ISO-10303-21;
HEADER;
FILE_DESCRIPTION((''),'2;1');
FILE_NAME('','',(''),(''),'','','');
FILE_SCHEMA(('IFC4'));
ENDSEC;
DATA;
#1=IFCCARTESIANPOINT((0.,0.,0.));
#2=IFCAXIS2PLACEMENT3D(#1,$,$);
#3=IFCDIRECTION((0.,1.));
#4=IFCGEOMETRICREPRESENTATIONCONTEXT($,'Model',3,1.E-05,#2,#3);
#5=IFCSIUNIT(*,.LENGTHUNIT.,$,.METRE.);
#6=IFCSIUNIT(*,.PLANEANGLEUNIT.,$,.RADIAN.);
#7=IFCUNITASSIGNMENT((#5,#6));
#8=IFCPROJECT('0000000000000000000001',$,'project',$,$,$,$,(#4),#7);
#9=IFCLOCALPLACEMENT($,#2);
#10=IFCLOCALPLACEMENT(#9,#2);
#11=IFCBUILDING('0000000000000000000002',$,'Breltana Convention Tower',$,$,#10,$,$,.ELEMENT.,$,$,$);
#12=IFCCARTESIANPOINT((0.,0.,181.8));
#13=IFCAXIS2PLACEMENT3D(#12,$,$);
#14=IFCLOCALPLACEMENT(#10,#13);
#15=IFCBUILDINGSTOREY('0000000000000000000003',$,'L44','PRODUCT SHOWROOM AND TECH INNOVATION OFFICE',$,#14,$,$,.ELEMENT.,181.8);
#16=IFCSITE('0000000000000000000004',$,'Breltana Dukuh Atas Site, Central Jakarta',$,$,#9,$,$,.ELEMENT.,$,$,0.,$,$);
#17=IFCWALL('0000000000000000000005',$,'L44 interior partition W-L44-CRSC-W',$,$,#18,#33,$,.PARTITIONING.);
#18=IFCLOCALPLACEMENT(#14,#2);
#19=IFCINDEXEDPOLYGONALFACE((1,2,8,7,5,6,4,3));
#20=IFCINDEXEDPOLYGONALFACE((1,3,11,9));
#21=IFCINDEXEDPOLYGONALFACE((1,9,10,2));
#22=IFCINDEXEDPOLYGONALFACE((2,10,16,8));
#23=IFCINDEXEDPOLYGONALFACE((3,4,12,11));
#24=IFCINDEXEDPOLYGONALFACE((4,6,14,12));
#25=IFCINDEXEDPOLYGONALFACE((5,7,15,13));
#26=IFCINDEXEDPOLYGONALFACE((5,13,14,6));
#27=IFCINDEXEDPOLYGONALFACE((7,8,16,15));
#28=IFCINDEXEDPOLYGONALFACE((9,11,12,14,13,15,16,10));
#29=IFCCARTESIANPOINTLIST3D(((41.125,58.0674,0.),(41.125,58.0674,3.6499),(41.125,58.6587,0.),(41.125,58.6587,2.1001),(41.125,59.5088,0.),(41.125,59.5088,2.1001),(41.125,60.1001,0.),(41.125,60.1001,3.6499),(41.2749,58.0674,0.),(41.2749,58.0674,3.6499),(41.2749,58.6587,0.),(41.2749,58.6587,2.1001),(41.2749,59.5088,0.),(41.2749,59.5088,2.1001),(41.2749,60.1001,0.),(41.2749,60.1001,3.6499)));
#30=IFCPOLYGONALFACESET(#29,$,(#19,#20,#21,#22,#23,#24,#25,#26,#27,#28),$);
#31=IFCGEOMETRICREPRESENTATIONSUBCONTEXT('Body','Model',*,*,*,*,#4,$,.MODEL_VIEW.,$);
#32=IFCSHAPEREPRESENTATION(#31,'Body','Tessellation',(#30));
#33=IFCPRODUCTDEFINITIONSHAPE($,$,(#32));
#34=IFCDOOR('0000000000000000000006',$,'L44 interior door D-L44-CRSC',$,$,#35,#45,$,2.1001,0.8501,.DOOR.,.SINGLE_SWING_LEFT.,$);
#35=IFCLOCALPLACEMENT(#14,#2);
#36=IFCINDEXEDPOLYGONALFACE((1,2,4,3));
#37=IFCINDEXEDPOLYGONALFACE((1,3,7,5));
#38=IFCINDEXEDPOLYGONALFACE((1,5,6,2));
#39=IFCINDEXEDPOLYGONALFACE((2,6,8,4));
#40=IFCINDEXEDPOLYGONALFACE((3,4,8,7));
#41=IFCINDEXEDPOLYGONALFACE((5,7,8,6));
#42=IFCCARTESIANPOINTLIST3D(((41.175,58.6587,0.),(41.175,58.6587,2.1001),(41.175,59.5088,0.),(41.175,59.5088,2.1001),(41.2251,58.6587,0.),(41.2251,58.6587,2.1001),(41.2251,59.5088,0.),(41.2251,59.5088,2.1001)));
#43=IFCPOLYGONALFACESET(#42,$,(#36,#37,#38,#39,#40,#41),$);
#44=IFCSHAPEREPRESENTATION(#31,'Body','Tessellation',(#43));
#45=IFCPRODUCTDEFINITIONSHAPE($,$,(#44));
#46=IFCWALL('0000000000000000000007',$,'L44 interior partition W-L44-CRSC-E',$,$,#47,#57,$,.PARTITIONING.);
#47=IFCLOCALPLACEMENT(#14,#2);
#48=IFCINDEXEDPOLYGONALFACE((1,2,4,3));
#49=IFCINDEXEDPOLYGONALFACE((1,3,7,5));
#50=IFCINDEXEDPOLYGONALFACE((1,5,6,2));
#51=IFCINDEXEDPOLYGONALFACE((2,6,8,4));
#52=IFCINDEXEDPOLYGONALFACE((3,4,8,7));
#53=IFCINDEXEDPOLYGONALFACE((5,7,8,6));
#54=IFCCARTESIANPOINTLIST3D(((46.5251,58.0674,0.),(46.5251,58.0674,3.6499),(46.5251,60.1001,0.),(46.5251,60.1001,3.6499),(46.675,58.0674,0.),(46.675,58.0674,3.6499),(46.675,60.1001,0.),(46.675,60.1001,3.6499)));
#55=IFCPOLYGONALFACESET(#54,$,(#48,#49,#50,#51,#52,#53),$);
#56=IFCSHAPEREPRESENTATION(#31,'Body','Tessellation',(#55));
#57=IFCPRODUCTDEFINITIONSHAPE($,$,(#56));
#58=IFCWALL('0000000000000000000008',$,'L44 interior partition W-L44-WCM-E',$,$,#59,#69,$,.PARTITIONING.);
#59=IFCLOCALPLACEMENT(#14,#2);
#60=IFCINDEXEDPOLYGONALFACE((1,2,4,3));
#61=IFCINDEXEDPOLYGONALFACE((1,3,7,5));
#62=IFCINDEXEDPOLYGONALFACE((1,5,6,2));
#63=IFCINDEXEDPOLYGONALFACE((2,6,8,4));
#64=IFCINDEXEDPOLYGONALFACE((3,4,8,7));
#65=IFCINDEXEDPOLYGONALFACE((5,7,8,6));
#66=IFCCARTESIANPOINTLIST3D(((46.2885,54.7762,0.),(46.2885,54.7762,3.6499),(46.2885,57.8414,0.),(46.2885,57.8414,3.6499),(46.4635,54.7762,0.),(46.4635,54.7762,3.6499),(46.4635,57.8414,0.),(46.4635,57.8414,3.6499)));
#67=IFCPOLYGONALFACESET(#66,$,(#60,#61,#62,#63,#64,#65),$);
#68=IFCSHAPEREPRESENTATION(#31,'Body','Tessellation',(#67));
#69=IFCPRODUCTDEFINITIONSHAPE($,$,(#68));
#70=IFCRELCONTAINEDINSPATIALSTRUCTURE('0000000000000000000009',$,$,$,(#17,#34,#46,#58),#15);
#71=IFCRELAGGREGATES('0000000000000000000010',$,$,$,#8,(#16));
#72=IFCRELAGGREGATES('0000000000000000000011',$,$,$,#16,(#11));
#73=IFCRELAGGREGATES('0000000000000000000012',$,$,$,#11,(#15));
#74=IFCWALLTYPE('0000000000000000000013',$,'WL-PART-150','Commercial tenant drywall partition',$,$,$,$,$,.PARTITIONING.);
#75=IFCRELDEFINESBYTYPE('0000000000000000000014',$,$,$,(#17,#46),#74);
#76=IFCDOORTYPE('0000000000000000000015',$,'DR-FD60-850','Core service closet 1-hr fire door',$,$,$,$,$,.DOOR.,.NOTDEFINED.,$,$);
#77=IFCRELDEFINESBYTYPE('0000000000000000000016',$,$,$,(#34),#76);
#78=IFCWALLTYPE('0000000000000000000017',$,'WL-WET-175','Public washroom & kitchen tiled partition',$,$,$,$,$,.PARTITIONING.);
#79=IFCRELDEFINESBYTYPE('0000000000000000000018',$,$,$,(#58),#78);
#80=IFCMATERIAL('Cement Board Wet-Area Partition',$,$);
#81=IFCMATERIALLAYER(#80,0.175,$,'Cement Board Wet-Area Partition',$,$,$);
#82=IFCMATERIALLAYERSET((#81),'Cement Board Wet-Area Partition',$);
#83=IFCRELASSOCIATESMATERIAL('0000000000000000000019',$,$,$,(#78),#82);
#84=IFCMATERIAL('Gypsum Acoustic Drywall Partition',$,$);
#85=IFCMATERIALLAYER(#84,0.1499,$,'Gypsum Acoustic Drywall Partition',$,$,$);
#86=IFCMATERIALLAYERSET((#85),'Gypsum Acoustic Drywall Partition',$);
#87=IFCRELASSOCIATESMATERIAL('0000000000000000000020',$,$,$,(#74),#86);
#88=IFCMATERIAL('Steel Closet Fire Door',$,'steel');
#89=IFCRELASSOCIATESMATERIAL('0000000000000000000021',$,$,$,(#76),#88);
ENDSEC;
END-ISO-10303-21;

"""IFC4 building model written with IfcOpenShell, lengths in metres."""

from ifc_helpers import new_model, si_unit, direction, frame, frame_2d, origin, place, context, subcontext, project, spatial, rectangle, extrude, source, transform, mapped, material, layer, layer_set, type_object, type_shapes, element, fill, save


model = new_model("IFC4")

# Units and contexts
model_context = context("Model", 3, precision=1e-05, world=origin(), true_north=direction((0.0, 1.0)))
body_context = subcontext(model_context, "Body", "Model", "MODEL_VIEW")
ifc_project = project(units=[si_unit("LENGTHUNIT", "METRE"), si_unit("PLANEANGLEUNIT", "RADIAN")], contexts=[model_context])

# Site, building, storey
site_placement = place(None, origin())
site = spatial("IfcSite", under=ifc_project, at=site_placement, Name="Breltana Dukuh Atas Site, Central Jakarta", CompositionType="ELEMENT", RefElevation=0.0)
building_placement = place(site_placement, origin())
building = spatial("IfcBuilding", under=site, at=building_placement, Name="Breltana Convention Tower", CompositionType="ELEMENT")
storey_placement = place(building_placement, frame((0.0, 0.0, 181.8)))
storey = spatial("IfcBuildingStorey", under=building, at=storey_placement, Name="L44", Description="PRODUCT SHOWROOM AND TECH INNOVATION OFFICE", CompositionType="ELEMENT", Elevation=181.8)

# Shared definitions
ifc_material_1 = material(Name="Cement Board Wet-Area Partition")
ifc_layer_1 = layer(ifc_material_1, 0.175, Name="Cement Board Wet-Area Partition")
ifc_layer_set_1 = layer_set([ifc_layer_1], Name="Cement Board Wet-Area Partition")
wall_type_1 = type_object("IfcWallType", Name="WL-WET-175", Description="Public washroom & kitchen tiled partition", PredefinedType="PARTITIONING", material=ifc_layer_set_1)

# Wall, opening, door
ifc_material_2 = material(Name="Gypsum Acoustic Drywall Partition")
ifc_layer_2 = layer(ifc_material_2, 0.1499, Name="Gypsum Acoustic Drywall Partition")
ifc_layer_set_2 = layer_set([ifc_layer_2], Name="Gypsum Acoustic Drywall Partition")
wall_type_2 = type_object("IfcWallType", Name="WL-PART-150", Description="Commercial tenant drywall partition", PredefinedType="PARTITIONING", material=ifc_layer_set_2)
shared_shape_1 = source(origin(), body_context, "Body", "SweptSolid", [
    extrude(rectangle(XDim=2.0327, YDim=0.1499, at=frame_2d((1.0164, 0.0))), origin(), (0.0, 0.0, 1.0), 3.6499),
])
wall_1_placement = place(storey_placement, frame((41.2, 58.0674, 0.0), z_axis=(0.0, 0.0, 1.0), x_axis=(0.0, 1.0, 0.0)))
wall_1 = element("IfcWall", 1, at=wall_1_placement, inside=storey, type_object=wall_type_2, Name="L44 interior partition W-L44-CRSC-W", PredefinedType="PARTITIONING", context=body_context, shape_type="MappedRepresentation", body=[
    mapped(shared_shape_1, transform((0.0, 0.0, 0.0), scale=1.0)),
])
opening_1_placement = place(wall_1_placement, frame((0.5913, 0.0, 0.0)))
opening_1 = element("IfcOpeningElement", 2, at=opening_1_placement, cuts=wall_1, PredefinedType="OPENING", context=body_context, shape_type="SweptSolid", body=[
    extrude(rectangle(XDim=0.8501, YDim=2.1001, at=frame_2d((0.425, 1.05))), frame((0.0, 0.085, 0.0), z_axis=(0.0, -1.0, 0.0), x_axis=(1.0, 0.0, 0.0)), (0.0, 0.0, 1.0), 0.1699),
])
ifc_material_3 = material(Name="Steel Closet Fire Door", Category="steel")
door_type_1 = type_object("IfcDoorType", Name="DR-FD60-850", Description="Core service closet 1-hr fire door", OperationType="NOTDEFINED", PredefinedType="DOOR", material=ifc_material_3)
shared_shape_2 = source(origin(), body_context, "Body", "SweptSolid", [
    extrude(rectangle(XDim=0.8501, YDim=2.1001, at=frame_2d((0.425, 1.05))), frame((0.0, 0.0249, 0.0), z_axis=(0.0, -1.0, 0.0), x_axis=(1.0, 0.0, 0.0)), (0.0, 0.0, 1.0), 0.05),
])
type_shapes(door_type_1, [shared_shape_2])
door_1_placement = place(opening_1_placement, origin())
door_1 = element("IfcDoor", 3, at=door_1_placement, inside=storey, type_object=door_type_1, Name="L44 interior door D-L44-CRSC", OperationType="SINGLE_SWING_LEFT", OverallHeight=2.1001, OverallWidth=0.8501, PredefinedType="DOOR", context=body_context, shape_type="MappedRepresentation", body=[
    mapped(shared_shape_2, transform((0.0, 0.0, 0.0), scale=1.0)),
])
fill(opening_1, door_1)

# Walls
wall_2_placement = place(storey_placement, frame((46.6001, 58.0674, 0.0), z_axis=(0.0, 0.0, 1.0), x_axis=(0.0, 1.0, 0.0)))
element("IfcWall", 4, at=wall_2_placement, inside=storey, type_object=wall_type_2, Name="L44 interior partition W-L44-CRSC-E", PredefinedType="PARTITIONING", context=body_context, shape_type="MappedRepresentation", body=[
    mapped(shared_shape_1, transform((0.0, 0.0, 0.0), scale=1.0)),
])
shared_shape_3 = source(origin(), body_context, "Body", "SweptSolid", [
    extrude(rectangle(XDim=3.0652, YDim=0.175, at=frame_2d((1.5327, 0.0))), origin(), (0.0, 0.0, 1.0), 3.6499),
])
wall_3_placement = place(storey_placement, frame((46.376, 54.7761, 0.0), z_axis=(0.0, 0.0, 1.0), x_axis=(0.0, 1.0, 0.0)))
element("IfcWall", 5, at=wall_3_placement, inside=storey, type_object=wall_type_1, Name="L44 interior partition W-L44-WCM-E", PredefinedType="PARTITIONING", context=body_context, shape_type="MappedRepresentation", body=[
    mapped(shared_shape_3, transform((0.0, 0.0, 0.0), scale=1.0)),
])

save(model, "model.ifc")
